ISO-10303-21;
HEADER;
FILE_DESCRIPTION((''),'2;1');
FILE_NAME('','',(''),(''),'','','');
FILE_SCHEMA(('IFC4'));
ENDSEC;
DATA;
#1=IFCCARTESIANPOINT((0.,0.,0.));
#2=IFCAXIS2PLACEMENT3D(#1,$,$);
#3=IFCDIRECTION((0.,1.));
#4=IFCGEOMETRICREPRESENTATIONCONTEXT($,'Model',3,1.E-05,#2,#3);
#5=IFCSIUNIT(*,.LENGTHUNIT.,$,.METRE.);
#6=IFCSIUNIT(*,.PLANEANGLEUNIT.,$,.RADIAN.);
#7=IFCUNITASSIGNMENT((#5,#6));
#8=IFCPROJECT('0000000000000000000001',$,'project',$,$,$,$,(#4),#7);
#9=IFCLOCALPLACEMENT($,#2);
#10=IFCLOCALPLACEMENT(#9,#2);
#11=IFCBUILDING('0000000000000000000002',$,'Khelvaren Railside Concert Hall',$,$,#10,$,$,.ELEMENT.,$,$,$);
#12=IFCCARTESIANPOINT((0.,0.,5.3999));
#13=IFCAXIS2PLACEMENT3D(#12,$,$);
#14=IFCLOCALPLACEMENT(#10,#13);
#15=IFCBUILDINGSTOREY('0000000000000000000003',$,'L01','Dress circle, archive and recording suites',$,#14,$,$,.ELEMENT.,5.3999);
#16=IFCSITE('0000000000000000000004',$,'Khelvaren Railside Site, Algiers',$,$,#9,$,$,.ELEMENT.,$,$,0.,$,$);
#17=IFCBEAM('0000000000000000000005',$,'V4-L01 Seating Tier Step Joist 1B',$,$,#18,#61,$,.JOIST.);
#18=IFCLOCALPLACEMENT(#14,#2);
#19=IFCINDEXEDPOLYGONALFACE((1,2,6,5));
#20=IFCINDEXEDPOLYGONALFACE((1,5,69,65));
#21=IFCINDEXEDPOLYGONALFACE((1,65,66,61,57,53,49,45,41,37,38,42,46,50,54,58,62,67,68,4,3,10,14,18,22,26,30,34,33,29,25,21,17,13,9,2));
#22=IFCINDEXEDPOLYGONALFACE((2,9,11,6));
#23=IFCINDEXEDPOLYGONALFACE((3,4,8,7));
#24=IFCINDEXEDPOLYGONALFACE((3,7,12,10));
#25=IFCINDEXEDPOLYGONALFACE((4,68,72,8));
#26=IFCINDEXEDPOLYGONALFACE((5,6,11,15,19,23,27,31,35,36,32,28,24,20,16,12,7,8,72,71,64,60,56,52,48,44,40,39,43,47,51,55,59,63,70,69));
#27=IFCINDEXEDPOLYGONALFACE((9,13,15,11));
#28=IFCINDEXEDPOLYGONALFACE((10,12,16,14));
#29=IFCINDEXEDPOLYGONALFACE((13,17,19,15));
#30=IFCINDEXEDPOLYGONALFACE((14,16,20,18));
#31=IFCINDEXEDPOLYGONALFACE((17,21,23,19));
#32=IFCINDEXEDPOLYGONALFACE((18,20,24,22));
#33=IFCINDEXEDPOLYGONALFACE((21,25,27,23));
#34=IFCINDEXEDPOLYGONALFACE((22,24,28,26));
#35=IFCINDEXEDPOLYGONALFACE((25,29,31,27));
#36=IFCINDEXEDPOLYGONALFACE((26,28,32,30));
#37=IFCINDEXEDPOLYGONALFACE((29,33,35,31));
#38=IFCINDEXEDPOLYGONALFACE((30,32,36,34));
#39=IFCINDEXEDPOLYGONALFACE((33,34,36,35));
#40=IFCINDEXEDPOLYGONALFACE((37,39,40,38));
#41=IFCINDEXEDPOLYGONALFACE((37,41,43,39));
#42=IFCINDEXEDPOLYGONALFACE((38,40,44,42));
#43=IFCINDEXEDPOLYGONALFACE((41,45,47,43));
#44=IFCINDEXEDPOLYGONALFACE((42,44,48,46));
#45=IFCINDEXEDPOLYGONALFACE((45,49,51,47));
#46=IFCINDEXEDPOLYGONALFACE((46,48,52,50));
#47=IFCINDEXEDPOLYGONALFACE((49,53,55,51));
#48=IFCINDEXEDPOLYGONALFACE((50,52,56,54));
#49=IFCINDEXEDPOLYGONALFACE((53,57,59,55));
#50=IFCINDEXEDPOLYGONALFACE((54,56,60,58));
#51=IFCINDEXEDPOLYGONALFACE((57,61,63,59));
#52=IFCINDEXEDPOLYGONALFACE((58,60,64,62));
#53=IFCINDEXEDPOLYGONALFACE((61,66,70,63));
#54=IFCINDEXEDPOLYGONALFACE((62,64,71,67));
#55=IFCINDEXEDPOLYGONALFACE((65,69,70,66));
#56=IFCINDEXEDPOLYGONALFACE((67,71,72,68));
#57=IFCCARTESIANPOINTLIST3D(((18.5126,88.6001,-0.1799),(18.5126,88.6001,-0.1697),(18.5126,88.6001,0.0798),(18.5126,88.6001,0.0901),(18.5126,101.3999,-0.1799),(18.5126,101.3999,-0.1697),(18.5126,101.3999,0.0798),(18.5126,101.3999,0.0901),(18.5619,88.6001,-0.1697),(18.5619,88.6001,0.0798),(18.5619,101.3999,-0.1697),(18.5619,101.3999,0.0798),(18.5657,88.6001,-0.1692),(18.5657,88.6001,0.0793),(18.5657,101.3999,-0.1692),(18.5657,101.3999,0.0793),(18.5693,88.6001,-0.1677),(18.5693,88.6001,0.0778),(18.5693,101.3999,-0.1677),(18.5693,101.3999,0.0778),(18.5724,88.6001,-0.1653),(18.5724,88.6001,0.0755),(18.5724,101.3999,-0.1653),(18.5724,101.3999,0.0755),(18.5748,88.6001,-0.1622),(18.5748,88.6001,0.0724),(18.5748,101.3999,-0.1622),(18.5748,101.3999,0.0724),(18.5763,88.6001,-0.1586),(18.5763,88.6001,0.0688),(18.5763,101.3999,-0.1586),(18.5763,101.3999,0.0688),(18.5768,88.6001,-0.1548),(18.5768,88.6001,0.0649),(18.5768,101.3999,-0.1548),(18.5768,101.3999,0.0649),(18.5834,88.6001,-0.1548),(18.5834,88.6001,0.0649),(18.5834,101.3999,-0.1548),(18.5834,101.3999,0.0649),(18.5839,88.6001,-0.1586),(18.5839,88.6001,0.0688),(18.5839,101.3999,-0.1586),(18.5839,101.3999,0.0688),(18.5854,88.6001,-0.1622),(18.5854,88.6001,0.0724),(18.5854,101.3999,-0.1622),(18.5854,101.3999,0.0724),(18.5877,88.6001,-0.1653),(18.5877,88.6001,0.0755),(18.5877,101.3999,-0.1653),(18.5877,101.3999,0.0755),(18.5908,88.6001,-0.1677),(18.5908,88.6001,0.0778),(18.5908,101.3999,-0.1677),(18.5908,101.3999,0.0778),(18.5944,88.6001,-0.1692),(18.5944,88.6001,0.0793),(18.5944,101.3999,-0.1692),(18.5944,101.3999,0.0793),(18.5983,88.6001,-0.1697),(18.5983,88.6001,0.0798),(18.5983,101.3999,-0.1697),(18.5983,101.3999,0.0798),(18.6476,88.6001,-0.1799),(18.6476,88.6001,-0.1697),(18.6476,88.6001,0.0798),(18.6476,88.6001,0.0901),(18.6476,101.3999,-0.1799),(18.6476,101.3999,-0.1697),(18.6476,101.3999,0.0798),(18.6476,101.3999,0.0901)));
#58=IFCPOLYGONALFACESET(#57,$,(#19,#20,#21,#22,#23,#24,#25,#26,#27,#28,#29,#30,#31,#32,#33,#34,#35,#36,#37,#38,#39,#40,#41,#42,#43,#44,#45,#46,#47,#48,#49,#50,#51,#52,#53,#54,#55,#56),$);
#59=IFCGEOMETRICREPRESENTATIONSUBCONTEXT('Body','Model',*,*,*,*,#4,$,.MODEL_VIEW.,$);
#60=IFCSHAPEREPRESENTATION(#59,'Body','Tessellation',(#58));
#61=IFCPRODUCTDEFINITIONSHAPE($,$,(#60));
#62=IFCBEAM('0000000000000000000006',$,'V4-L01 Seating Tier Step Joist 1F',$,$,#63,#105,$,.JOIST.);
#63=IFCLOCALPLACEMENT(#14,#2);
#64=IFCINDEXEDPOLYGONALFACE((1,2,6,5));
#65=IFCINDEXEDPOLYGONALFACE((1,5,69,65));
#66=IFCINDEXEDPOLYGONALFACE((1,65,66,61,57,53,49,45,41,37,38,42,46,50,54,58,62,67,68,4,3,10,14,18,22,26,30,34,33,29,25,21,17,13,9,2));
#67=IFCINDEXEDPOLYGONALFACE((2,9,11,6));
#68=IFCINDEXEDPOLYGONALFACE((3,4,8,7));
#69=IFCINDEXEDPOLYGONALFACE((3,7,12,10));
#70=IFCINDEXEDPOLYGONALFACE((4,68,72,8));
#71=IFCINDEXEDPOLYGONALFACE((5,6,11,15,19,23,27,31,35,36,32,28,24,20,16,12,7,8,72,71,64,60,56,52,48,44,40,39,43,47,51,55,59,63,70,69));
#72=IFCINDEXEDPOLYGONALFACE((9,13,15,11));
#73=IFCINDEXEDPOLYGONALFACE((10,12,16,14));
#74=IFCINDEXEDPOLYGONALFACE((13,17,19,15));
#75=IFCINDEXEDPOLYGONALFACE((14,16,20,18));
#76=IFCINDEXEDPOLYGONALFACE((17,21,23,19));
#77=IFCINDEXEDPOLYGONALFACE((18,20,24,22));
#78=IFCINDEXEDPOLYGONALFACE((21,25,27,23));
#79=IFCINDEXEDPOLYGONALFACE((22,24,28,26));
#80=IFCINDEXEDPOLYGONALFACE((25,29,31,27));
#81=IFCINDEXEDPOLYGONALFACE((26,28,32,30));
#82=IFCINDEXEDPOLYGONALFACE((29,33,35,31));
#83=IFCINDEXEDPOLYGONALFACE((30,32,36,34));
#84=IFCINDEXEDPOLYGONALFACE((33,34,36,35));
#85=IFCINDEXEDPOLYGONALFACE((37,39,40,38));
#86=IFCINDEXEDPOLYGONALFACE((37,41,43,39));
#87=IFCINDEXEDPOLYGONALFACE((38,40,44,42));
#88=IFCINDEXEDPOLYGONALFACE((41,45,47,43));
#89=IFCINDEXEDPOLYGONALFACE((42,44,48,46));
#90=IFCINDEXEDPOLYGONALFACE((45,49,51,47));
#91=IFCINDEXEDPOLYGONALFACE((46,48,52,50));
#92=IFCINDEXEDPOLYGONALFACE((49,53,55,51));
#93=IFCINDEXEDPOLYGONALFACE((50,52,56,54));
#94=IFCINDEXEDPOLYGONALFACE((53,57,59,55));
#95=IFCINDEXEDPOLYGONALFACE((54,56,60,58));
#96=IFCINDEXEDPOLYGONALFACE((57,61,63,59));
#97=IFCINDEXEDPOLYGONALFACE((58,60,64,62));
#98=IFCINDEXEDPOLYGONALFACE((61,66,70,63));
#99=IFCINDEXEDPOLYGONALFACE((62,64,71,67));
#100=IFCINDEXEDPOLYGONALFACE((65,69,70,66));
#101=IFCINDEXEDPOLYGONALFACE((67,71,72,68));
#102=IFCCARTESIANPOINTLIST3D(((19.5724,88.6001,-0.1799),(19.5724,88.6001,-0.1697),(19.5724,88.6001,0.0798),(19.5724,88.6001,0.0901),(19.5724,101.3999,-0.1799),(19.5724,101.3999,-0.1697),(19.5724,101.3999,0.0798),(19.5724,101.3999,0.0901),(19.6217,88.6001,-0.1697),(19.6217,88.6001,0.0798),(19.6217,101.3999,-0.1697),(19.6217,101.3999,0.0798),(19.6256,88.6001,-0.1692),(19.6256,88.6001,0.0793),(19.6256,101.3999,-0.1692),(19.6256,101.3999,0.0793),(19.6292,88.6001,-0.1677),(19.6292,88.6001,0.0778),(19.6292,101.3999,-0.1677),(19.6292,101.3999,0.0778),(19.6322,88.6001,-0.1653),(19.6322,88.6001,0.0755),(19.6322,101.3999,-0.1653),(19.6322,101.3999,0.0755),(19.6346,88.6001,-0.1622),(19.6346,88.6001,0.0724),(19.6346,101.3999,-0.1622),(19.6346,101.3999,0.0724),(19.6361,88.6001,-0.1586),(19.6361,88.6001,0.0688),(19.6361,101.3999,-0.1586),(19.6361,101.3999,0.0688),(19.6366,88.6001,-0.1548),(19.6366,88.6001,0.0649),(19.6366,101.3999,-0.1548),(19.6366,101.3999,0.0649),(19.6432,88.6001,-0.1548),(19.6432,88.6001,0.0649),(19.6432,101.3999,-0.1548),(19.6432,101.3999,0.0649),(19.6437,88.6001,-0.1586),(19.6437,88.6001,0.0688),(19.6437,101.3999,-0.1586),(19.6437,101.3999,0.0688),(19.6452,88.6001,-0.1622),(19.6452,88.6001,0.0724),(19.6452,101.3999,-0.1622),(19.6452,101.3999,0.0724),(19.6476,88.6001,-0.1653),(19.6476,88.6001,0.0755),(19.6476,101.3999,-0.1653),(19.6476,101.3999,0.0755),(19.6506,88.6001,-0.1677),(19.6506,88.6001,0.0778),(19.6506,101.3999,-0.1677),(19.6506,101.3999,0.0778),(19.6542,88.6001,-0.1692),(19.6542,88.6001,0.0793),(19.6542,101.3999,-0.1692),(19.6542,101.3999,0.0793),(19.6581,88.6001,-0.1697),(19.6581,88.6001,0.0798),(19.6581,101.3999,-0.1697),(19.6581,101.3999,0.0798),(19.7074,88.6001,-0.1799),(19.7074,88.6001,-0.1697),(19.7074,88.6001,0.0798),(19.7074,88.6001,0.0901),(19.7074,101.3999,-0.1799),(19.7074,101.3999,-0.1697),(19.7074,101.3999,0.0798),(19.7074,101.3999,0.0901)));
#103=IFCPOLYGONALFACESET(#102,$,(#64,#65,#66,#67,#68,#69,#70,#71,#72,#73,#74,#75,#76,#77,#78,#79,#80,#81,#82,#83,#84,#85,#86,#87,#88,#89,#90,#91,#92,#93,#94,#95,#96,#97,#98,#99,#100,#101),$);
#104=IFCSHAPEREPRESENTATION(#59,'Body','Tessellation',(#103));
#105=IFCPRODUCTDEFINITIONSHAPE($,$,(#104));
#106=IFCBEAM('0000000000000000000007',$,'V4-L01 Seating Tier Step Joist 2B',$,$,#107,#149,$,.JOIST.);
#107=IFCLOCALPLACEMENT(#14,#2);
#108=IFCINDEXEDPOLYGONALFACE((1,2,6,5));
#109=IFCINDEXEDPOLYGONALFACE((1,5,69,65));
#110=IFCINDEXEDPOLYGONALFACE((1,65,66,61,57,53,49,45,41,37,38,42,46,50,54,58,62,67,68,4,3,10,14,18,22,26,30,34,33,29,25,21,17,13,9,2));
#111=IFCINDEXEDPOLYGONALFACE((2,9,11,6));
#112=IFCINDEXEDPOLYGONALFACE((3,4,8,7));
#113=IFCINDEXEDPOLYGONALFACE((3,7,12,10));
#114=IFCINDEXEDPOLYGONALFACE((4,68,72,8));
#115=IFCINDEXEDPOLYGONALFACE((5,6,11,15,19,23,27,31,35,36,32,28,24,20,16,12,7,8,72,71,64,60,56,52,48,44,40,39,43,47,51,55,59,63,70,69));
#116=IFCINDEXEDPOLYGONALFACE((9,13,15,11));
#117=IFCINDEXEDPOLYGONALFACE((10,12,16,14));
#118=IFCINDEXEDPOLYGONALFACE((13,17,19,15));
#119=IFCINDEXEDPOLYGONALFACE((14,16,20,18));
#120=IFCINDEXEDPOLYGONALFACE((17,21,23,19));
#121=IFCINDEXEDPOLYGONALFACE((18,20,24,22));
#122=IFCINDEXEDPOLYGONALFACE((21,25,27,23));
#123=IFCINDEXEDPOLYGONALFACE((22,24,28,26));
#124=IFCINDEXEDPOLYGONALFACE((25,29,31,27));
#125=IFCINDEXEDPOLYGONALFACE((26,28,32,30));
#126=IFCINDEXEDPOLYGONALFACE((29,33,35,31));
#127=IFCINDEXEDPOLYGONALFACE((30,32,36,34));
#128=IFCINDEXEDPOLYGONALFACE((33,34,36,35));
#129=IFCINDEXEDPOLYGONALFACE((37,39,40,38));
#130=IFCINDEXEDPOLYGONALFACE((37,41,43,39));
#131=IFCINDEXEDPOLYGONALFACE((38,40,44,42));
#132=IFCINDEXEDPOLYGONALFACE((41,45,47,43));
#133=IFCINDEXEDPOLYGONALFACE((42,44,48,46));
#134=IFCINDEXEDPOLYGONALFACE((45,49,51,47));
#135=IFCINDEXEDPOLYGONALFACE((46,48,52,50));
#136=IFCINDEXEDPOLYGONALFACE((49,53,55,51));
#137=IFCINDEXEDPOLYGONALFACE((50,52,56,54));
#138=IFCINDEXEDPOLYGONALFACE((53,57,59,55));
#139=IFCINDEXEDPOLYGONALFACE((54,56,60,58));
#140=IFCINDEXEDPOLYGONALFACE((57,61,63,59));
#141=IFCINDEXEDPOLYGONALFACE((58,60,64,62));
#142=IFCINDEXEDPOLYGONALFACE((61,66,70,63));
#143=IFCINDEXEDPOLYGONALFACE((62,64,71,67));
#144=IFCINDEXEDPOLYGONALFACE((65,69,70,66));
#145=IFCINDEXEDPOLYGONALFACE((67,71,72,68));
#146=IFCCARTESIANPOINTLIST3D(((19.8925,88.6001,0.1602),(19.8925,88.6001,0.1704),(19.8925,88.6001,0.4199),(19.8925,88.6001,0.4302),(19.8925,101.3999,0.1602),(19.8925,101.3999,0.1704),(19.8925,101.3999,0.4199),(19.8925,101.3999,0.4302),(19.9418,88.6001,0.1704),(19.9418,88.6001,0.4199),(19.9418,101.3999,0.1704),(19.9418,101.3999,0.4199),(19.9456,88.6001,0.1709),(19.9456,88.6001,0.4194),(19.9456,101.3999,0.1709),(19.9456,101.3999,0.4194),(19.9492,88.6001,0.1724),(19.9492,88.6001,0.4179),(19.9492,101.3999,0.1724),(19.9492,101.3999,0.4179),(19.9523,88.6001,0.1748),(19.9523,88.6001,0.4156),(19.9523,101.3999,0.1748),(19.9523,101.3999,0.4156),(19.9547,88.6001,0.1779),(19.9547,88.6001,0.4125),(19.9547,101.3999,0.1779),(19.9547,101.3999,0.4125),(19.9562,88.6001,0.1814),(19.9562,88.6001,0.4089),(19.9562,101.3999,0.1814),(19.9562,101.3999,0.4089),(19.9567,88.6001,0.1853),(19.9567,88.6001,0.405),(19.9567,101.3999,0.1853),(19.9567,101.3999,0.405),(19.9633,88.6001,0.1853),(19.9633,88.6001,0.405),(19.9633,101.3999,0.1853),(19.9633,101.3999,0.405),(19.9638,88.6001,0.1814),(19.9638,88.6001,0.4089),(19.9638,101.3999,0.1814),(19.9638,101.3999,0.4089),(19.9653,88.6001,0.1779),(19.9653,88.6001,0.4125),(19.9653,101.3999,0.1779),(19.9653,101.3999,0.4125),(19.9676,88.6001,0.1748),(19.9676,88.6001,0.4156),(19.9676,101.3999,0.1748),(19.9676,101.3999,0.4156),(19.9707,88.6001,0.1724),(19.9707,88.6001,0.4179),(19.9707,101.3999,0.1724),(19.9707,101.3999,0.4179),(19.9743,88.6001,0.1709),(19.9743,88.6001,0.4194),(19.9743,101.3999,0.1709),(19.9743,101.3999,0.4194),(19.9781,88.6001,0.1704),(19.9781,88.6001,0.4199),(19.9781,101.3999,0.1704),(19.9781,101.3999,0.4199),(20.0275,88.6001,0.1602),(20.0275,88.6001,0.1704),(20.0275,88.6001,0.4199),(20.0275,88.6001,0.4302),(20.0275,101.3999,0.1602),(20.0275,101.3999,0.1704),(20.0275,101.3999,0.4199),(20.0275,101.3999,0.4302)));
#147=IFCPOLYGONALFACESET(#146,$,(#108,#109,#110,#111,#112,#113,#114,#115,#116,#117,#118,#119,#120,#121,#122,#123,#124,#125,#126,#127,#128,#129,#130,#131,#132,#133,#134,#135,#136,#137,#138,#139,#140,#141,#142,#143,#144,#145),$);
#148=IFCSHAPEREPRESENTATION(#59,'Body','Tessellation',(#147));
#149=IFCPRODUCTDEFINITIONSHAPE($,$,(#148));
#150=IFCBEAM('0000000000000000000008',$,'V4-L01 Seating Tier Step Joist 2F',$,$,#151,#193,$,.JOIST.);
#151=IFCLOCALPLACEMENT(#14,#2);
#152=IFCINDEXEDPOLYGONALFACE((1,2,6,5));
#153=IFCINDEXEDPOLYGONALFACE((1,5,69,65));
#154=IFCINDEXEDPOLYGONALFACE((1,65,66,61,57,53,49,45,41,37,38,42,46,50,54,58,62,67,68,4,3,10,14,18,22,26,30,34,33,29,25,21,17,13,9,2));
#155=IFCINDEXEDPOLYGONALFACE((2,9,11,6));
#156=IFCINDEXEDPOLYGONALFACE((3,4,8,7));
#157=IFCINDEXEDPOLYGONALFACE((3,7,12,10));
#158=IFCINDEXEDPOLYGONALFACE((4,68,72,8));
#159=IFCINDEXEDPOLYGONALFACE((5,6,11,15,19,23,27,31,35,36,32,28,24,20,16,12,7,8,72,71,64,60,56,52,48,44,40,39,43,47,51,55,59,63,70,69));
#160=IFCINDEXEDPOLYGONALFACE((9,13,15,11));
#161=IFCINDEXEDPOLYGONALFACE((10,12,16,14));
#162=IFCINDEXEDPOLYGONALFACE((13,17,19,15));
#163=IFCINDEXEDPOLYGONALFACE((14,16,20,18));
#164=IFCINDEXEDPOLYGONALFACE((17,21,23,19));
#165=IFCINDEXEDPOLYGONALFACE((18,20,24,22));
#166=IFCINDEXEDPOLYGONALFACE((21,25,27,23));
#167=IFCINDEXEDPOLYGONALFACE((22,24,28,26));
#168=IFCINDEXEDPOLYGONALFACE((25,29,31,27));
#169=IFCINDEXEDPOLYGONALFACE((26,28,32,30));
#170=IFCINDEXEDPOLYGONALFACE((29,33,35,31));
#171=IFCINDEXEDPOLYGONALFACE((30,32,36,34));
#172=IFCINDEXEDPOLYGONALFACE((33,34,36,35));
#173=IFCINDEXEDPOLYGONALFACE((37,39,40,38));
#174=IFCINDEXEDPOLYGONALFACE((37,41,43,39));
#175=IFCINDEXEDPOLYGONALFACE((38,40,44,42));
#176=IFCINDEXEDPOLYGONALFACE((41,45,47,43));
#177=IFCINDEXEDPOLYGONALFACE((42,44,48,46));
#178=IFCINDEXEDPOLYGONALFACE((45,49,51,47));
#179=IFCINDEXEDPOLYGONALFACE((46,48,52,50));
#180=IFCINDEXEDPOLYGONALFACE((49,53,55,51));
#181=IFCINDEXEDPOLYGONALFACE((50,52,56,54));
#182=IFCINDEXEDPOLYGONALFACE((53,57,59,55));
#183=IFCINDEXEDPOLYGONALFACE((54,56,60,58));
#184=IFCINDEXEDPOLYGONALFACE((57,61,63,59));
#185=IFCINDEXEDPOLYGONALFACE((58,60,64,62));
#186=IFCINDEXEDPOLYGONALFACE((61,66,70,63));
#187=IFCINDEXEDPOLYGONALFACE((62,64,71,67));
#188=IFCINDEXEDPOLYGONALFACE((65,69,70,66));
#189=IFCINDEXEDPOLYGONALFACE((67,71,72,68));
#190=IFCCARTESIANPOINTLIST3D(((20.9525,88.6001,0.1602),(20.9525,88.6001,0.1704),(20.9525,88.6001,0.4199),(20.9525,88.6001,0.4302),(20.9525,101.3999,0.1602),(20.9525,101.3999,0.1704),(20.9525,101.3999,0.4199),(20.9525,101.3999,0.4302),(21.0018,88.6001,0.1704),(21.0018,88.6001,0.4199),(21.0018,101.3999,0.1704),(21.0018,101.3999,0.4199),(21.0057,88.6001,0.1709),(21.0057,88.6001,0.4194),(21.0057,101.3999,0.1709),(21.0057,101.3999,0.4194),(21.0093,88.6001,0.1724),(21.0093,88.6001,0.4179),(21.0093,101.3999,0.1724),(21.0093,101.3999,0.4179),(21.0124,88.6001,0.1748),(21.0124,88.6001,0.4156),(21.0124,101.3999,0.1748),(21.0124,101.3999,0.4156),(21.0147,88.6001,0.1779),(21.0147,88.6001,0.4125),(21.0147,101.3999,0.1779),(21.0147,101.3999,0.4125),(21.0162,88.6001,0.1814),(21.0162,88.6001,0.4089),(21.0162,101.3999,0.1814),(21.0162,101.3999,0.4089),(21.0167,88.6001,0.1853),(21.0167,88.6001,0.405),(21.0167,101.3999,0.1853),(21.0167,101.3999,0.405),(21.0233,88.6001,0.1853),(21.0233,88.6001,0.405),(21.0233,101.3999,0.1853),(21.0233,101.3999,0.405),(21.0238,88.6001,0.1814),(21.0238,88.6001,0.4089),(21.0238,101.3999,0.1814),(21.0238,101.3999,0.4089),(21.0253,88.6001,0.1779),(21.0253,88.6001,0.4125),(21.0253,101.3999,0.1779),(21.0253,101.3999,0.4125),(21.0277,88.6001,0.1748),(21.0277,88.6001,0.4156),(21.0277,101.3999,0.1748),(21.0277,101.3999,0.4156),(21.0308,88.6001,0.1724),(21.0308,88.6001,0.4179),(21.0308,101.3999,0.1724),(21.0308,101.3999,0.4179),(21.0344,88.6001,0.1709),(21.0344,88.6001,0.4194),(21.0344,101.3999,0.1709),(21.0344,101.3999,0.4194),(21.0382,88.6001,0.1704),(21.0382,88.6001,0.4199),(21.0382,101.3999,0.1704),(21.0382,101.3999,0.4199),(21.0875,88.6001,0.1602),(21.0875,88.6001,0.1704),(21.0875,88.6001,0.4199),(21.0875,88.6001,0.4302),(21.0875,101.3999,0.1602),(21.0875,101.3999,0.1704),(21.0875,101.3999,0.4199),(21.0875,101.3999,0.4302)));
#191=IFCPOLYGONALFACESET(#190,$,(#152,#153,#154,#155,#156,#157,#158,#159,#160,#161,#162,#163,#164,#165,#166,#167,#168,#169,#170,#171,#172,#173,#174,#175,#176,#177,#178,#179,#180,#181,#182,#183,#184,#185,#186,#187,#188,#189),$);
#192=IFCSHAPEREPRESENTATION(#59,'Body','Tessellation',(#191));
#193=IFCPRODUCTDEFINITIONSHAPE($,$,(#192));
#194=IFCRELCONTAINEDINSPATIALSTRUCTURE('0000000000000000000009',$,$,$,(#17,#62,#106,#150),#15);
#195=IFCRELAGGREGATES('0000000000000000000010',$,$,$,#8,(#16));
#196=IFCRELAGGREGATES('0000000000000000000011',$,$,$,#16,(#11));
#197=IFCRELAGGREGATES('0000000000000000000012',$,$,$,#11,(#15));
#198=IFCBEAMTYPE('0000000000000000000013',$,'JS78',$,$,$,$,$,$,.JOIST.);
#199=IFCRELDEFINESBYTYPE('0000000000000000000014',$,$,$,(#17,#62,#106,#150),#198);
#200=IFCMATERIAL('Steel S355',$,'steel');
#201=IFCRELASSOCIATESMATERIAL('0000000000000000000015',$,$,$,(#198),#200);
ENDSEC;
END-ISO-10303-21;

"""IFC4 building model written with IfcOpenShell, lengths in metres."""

from ifc_helpers import new_model, si_unit, direction, frame, origin, origin_2d, place, context, subcontext, project, spatial, i_section, extrude, material, material_profile, profile_set, type_object, element, save


model = new_model("IFC4")

# Units and contexts
model_context = context("Model", 3, precision=1e-05, world=origin(), true_north=direction((0.0, 1.0)))
body_context = subcontext(model_context, "Body", "Model", "MODEL_VIEW")
ifc_project = project(units=[si_unit("LENGTHUNIT", "METRE"), si_unit("PLANEANGLEUNIT", "RADIAN")], contexts=[model_context])

# Site, building, storey
site_placement = place(None, origin())
site = spatial("IfcSite", under=ifc_project, at=site_placement, Name="Khelvaren Railside Site, Algiers", CompositionType="ELEMENT", RefElevation=0.0)
building_placement = place(site_placement, origin())
building = spatial("IfcBuilding", under=site, at=building_placement, Name="Khelvaren Railside Concert Hall", CompositionType="ELEMENT")
storey_placement = place(building_placement, frame((0.0, 0.0, 5.3999)))
storey = spatial("IfcBuildingStorey", under=building, at=storey_placement, Name="L01", Description="Dress circle, archive and recording suites", CompositionType="ELEMENT", Elevation=5.3999)

# Beams
ifc_material_1 = material(Name="Steel S355", Category="steel")
ifc_material_profile_1 = material_profile(ifc_material_1, i_section(OverallWidth=0.135, OverallDepth=0.27, WebThickness=0.0066, FlangeThickness=0.0103, FilletRadius=0.0149, at=origin_2d()), Name="IPE 270")
ifc_profile_set_1 = profile_set([ifc_material_profile_1], Name="Steel S355")
beam_type_1 = type_object("IfcBeamType", Name="JS78", PredefinedType="JOIST", material=ifc_profile_set_1)
for number, where, z_axis, x_axis, name in (
    (1, (18.5801, 88.6001, -0.0449), (0.0, 1.0, 0.0), (-1.0, 0.0, 0.0), "V4-L01 Seating Tier Step Joist 1B"),
    (2, (19.6399, 88.6001, -0.0449), (0.0, 1.0, 0.0), (-1.0, 0.0, 0.0), "V4-L01 Seating Tier Step Joist 1F"),
    (3, (19.96, 88.6001, 0.2952), (0.0, 1.0, 0.0), (-1.0, 0.0, 0.0), "V4-L01 Seating Tier Step Joist 2B"),
    (4, (21.02, 88.6001, 0.2952), (0.0, 1.0, 0.0), (-1.0, 0.0, 0.0), "V4-L01 Seating Tier Step Joist 2F"),
):
    element("IfcBeam", number, at=place(storey_placement, frame(where, z_axis=z_axis, x_axis=x_axis)), inside=storey, type_object=beam_type_1, Name=name, PredefinedType="JOIST", context=body_context, shape_type="SweptSolid", body=[
        extrude(i_section(OverallWidth=0.135, OverallDepth=0.27, WebThickness=0.0066, FlangeThickness=0.0103, FilletRadius=0.0149, at=origin_2d()), origin(), (0.0, 0.0, 1.0), 12.7998),
    ])

save(model, "model.ifc")
